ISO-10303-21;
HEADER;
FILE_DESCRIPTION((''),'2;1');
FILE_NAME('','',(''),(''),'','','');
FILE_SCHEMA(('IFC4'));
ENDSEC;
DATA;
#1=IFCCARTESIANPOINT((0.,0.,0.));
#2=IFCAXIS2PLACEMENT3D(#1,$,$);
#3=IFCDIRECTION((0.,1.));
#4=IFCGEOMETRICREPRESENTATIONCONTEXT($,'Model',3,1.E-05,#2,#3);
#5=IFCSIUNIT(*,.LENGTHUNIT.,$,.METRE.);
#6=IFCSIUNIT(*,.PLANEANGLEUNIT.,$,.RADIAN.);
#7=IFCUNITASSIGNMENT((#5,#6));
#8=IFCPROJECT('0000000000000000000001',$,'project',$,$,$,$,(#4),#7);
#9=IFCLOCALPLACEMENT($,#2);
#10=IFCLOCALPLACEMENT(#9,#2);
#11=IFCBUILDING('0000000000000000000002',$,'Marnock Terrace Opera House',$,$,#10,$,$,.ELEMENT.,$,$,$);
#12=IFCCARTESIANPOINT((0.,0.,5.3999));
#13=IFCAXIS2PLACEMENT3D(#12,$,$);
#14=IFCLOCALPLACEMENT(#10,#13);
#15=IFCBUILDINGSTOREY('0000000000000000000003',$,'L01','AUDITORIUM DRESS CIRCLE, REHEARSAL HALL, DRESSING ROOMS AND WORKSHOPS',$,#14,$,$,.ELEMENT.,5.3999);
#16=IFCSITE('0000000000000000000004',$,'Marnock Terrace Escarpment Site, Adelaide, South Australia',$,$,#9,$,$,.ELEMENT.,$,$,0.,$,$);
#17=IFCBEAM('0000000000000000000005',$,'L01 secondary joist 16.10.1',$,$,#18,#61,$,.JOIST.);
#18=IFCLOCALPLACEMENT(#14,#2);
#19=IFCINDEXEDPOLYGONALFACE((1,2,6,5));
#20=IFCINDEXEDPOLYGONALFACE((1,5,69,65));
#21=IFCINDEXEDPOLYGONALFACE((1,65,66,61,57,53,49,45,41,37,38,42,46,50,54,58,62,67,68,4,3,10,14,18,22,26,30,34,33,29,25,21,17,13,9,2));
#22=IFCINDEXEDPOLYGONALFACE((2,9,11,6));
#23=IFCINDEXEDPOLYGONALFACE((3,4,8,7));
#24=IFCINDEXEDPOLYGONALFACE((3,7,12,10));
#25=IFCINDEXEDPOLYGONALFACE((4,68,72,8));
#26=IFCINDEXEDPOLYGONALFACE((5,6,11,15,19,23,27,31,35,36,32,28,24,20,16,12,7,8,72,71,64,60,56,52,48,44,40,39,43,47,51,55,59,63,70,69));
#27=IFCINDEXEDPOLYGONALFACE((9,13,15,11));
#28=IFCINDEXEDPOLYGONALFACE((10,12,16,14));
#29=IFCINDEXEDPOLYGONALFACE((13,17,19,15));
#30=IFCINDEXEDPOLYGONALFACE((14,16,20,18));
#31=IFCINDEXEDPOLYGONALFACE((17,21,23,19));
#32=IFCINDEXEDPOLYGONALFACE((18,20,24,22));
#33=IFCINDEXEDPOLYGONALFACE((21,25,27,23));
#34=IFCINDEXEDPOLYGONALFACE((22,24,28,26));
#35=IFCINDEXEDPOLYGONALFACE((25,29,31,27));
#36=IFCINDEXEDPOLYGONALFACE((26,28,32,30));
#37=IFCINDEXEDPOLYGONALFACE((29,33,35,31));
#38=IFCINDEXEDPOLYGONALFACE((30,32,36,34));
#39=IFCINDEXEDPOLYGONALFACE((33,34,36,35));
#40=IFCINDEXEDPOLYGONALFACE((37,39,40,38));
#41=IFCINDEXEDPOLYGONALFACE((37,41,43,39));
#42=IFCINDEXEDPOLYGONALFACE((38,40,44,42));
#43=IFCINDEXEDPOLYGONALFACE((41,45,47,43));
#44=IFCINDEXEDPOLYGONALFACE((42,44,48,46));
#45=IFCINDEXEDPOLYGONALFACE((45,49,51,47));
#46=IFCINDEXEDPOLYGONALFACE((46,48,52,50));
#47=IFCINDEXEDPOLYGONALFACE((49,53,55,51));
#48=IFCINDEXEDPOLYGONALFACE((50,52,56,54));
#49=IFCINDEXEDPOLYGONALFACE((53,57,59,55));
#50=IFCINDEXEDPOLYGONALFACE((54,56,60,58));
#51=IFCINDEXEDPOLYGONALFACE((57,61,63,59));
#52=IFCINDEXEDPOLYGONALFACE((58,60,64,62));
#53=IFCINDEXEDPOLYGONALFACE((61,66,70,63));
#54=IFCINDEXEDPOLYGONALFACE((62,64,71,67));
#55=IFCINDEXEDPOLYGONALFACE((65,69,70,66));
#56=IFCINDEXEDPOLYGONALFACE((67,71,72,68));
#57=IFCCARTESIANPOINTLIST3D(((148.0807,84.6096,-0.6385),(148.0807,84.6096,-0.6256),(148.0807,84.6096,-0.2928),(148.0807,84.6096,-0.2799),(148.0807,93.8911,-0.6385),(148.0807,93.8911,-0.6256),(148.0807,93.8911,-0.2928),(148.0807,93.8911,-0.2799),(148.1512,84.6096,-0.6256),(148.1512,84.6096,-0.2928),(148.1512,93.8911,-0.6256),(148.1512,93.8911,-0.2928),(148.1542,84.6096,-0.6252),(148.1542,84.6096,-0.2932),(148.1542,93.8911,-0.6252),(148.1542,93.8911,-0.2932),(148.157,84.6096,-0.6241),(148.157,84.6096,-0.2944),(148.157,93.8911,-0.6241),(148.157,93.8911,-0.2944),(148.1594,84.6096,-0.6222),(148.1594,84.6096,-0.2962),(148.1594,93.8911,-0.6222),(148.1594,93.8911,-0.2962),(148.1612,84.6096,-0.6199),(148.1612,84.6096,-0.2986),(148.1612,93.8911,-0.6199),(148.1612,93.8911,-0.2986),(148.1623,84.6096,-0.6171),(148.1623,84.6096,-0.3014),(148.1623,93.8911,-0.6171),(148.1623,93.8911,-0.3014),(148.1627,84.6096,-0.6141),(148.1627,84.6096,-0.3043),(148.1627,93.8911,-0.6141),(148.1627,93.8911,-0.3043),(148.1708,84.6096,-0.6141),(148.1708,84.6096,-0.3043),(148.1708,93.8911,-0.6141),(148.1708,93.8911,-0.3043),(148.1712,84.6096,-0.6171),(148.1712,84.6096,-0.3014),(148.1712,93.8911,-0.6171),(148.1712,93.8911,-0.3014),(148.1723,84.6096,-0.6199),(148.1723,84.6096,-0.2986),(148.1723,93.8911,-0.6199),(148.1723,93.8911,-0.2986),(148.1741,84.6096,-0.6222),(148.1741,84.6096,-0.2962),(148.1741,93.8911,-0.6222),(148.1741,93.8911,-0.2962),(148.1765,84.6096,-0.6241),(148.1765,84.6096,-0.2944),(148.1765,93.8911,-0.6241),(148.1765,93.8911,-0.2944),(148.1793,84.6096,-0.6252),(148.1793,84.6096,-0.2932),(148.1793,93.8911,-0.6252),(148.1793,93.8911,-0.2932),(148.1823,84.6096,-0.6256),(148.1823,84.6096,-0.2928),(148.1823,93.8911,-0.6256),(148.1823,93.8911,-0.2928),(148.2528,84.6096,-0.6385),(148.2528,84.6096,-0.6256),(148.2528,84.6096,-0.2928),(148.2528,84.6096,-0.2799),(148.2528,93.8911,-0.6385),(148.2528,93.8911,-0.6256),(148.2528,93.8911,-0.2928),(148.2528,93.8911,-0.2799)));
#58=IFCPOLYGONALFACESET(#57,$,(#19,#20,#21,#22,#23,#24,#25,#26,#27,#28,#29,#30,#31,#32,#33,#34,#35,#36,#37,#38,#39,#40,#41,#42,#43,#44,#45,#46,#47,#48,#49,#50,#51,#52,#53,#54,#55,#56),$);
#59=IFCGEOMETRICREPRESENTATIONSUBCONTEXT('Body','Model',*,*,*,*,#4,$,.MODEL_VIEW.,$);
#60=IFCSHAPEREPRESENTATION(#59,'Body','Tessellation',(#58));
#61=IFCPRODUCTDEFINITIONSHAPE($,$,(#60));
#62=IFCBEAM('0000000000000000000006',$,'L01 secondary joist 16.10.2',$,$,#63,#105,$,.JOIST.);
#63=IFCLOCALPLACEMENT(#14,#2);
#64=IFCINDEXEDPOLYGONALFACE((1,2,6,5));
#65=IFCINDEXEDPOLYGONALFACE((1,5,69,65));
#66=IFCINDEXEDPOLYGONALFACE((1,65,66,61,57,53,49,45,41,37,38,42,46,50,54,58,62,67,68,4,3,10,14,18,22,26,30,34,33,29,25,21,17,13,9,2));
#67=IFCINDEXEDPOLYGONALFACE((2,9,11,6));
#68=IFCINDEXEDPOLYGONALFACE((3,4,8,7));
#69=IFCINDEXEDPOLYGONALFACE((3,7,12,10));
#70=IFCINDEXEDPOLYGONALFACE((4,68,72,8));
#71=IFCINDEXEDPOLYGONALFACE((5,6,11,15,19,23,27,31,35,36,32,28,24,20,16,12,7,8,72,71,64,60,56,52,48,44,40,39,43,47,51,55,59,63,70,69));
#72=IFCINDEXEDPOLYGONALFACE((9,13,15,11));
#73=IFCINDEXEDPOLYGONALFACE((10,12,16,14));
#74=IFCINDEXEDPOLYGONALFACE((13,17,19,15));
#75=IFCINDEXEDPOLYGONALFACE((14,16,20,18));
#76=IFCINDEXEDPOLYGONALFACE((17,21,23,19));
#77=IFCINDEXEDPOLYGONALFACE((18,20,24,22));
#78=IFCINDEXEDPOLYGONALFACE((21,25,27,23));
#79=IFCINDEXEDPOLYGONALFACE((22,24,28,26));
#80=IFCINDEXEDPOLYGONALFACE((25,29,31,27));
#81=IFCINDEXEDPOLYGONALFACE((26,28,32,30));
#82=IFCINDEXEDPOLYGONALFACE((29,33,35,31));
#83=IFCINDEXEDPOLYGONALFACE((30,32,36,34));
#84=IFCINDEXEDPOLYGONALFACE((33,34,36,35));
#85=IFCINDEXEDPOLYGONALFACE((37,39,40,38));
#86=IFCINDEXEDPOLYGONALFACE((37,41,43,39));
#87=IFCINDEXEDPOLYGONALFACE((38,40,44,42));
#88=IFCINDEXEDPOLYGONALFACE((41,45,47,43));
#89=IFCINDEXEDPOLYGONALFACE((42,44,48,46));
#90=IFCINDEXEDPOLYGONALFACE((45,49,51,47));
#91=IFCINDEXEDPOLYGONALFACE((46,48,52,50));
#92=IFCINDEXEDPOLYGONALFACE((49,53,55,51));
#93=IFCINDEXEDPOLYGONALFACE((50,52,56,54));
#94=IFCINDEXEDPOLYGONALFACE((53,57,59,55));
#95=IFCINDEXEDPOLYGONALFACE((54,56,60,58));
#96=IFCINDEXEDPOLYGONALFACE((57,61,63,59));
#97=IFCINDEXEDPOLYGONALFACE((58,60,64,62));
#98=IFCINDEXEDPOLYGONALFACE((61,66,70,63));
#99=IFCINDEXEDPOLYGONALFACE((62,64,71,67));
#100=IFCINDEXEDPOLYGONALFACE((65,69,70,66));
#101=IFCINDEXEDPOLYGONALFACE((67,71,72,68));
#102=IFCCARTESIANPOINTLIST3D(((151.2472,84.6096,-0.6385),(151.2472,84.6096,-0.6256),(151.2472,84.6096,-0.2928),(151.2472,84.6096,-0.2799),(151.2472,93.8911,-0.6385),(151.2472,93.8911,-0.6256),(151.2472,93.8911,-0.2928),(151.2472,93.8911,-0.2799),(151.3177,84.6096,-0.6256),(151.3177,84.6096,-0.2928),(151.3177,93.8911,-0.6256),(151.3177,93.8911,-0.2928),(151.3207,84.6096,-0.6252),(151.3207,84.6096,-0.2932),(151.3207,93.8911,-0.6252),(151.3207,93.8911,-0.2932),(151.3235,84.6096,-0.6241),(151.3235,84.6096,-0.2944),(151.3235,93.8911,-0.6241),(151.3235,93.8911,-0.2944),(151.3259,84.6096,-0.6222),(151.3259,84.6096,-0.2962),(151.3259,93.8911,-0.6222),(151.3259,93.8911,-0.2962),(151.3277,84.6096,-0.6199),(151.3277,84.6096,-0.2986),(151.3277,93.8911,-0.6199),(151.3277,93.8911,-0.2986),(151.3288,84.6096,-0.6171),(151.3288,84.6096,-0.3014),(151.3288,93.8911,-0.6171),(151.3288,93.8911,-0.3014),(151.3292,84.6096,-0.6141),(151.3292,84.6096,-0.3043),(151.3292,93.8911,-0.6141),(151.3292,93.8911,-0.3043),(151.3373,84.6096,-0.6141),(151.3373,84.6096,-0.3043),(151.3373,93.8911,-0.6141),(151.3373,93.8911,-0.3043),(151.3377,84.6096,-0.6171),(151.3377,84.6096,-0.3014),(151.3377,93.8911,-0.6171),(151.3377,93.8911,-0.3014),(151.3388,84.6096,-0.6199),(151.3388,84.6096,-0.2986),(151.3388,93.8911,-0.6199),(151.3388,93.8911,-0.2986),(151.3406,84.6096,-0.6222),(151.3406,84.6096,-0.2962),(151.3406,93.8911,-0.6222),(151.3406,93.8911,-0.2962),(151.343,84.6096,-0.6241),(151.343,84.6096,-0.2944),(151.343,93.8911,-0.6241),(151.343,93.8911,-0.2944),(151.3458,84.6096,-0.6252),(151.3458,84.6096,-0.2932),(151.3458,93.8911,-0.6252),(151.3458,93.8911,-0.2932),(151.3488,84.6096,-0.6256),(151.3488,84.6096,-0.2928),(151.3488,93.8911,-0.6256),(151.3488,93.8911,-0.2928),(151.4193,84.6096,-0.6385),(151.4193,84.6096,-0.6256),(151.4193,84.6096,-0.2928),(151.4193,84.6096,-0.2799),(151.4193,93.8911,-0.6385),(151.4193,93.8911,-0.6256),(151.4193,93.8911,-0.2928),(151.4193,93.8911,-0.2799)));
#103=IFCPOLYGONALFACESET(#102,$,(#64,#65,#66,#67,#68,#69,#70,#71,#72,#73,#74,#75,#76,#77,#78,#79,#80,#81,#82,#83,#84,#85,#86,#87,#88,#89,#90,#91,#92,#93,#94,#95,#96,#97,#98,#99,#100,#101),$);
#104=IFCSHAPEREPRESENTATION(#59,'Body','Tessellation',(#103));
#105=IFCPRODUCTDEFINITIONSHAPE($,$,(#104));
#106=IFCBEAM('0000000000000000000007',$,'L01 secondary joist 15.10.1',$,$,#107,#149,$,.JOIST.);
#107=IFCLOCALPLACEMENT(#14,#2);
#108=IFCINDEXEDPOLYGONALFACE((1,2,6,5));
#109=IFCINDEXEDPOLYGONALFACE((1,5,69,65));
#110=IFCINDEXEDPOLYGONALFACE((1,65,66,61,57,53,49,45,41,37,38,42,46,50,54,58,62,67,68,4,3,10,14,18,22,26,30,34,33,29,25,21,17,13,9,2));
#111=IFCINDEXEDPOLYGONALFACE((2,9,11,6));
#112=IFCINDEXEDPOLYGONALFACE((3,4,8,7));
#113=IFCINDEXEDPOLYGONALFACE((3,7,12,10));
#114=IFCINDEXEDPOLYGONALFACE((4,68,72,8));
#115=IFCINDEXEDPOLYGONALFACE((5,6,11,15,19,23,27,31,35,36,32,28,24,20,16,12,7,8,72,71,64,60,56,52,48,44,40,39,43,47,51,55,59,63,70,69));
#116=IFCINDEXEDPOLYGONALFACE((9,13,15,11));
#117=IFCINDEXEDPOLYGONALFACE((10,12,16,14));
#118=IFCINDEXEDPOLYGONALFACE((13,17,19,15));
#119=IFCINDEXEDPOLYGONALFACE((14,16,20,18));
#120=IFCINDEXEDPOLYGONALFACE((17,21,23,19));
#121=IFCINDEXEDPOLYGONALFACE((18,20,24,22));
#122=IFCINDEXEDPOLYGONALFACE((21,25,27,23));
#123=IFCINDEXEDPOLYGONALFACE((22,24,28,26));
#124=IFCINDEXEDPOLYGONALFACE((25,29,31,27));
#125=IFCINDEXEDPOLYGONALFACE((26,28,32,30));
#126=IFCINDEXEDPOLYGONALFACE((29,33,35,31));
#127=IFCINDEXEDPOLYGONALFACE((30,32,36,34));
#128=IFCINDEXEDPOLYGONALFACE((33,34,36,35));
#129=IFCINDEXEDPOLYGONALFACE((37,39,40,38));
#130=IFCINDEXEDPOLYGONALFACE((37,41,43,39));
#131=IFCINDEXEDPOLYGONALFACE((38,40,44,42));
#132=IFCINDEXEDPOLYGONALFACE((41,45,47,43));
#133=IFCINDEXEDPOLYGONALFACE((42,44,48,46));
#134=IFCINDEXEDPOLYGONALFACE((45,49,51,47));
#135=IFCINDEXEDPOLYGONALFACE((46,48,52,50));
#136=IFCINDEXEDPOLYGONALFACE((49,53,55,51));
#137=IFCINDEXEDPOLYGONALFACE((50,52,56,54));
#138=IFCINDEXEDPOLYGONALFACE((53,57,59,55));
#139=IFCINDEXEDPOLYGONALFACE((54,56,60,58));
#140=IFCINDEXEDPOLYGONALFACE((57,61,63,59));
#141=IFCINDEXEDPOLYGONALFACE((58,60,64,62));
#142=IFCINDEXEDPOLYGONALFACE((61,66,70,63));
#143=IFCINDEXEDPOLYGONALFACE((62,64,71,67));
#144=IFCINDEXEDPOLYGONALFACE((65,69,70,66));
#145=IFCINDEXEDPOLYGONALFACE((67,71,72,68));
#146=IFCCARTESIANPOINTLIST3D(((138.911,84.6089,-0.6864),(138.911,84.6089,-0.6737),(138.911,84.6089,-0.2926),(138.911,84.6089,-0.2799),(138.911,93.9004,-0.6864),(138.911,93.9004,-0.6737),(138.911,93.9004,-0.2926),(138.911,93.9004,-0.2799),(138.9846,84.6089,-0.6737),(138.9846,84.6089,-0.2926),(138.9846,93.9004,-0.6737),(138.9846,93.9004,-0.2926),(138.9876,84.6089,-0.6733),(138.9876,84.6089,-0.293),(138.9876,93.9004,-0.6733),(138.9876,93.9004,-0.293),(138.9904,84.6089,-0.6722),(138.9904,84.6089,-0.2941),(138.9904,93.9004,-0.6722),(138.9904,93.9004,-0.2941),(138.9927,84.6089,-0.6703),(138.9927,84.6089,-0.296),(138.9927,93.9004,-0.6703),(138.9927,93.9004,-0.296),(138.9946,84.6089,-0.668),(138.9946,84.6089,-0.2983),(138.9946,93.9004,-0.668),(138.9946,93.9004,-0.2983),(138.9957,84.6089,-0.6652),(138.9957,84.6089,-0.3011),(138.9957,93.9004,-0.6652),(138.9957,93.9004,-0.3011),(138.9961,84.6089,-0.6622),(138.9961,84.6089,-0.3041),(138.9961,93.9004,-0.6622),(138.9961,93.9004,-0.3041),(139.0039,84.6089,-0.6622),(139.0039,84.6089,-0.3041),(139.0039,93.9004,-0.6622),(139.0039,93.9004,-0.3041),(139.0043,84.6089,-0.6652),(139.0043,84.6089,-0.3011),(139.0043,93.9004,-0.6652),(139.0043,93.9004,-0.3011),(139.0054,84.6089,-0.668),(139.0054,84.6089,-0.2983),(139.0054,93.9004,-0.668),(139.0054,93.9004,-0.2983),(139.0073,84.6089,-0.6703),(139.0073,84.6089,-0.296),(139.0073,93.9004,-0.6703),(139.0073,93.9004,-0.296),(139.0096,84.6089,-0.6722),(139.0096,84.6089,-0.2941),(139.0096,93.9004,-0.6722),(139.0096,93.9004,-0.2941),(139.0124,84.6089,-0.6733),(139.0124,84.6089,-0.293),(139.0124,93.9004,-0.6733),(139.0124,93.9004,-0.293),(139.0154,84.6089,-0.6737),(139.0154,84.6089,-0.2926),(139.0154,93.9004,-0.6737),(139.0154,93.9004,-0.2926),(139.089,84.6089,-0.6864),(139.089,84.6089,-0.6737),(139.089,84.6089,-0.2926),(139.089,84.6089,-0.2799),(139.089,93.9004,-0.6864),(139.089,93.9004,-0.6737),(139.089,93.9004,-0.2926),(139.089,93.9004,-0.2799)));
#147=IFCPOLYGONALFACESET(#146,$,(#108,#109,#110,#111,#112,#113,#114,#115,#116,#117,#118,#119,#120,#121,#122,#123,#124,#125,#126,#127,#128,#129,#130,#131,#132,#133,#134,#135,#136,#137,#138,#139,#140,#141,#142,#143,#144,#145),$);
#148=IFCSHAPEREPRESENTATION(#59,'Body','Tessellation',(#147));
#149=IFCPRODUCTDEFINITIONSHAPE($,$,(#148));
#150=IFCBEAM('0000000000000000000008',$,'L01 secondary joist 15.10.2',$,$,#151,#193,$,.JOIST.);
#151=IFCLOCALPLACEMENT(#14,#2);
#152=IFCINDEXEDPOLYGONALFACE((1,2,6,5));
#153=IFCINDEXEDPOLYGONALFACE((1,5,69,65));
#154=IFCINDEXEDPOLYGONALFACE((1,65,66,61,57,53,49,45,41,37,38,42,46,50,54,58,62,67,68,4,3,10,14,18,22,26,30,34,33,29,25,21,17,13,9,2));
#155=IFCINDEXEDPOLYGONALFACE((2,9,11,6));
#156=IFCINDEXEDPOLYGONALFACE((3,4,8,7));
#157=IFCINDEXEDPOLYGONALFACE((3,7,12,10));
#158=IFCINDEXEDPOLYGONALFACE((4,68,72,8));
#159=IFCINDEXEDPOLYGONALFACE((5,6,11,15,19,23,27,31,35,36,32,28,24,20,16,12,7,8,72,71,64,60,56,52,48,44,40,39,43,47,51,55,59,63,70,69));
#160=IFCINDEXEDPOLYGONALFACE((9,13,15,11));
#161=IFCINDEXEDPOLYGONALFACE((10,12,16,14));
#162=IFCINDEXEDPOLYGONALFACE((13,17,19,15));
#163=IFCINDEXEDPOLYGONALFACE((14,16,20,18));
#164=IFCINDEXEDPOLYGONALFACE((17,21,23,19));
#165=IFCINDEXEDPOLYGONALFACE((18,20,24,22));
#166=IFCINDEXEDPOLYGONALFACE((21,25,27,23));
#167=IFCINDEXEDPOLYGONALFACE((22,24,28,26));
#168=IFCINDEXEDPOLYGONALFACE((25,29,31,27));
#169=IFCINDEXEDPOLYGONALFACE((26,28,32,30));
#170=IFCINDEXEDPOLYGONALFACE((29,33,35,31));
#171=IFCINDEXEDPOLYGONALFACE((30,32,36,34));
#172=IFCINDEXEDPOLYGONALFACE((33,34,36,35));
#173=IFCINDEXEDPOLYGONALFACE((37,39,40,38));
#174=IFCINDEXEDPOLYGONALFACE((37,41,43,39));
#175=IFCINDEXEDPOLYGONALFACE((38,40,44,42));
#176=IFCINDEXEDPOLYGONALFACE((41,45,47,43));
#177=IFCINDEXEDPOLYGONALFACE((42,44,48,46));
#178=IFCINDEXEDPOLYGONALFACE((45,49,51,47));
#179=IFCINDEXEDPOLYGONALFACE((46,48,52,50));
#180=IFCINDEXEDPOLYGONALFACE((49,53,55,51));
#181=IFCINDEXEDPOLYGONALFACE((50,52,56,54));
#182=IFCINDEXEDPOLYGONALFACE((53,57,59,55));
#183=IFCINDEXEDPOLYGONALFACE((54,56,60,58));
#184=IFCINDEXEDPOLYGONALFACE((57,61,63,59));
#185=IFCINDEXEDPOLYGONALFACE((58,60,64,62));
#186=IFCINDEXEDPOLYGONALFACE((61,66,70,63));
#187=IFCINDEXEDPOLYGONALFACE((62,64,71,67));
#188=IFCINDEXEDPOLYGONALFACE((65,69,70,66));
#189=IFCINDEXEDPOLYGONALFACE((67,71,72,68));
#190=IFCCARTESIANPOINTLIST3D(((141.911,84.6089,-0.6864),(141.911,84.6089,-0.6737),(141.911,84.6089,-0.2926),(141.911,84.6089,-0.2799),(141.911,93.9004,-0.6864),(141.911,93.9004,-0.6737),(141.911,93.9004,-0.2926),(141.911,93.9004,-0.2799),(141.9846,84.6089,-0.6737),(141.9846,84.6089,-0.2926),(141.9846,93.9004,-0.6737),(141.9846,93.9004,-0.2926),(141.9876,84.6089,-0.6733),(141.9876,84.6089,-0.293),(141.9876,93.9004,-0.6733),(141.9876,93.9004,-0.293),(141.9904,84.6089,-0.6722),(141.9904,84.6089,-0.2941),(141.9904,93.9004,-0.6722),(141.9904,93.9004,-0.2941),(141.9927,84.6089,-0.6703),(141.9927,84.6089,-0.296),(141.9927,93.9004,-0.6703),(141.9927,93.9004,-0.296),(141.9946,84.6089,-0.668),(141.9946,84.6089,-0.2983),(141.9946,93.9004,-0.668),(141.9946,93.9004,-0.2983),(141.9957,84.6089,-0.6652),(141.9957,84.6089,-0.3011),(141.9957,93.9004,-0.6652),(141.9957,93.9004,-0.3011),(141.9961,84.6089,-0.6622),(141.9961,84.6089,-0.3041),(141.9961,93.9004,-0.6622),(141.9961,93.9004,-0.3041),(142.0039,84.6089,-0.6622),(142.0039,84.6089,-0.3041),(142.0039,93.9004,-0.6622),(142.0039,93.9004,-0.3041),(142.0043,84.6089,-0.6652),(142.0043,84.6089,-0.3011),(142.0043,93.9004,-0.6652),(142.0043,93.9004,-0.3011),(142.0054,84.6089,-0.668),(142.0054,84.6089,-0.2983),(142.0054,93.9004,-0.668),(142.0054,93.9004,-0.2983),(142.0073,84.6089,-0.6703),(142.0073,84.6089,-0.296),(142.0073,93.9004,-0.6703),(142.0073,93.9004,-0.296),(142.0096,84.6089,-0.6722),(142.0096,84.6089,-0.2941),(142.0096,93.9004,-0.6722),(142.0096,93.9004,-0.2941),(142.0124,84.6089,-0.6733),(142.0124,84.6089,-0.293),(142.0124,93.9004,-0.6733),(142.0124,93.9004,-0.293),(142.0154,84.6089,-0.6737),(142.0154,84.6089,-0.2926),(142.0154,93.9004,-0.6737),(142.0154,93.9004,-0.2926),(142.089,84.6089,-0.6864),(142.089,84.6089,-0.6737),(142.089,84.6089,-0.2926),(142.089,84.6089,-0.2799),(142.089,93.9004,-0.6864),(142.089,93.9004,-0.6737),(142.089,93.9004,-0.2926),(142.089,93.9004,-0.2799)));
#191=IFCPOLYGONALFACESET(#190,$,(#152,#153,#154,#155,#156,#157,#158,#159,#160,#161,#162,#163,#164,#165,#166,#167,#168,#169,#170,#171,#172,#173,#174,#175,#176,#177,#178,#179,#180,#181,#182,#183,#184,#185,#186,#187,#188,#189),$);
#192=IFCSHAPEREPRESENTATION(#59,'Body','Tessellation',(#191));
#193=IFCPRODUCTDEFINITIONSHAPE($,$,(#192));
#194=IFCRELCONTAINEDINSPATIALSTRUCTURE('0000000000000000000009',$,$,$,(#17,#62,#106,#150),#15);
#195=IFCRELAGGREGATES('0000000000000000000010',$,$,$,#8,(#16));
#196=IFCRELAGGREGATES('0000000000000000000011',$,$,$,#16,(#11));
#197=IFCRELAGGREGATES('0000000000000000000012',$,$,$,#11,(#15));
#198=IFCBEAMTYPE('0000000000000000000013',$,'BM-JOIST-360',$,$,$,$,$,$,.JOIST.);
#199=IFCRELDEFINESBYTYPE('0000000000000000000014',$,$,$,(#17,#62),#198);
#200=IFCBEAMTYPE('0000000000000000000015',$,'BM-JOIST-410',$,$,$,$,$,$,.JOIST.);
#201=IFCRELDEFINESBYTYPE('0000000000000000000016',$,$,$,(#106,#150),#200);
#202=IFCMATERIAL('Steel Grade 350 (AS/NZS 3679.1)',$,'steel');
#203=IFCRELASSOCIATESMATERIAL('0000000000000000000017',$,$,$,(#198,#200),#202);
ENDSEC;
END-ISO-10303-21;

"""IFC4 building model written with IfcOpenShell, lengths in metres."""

from ifc_helpers import new_model, si_unit, direction, frame, origin, origin_2d, place, context, subcontext, project, spatial, i_section, extrude, material, material_profile, profile_set, type_object, element, save


model = new_model("IFC4")

# Units and contexts
model_context = context("Model", 3, precision=1e-05, world=origin(), true_north=direction((0.0, 1.0)))
body_context = subcontext(model_context, "Body", "Model", "MODEL_VIEW")
ifc_project = project(units=[si_unit("LENGTHUNIT", "METRE"), si_unit("PLANEANGLEUNIT", "RADIAN")], contexts=[model_context])

# Site, building, storey
site_placement = place(None, origin())
site = spatial("IfcSite", under=ifc_project, at=site_placement, Name="Marnock Terrace Escarpment Site, Adelaide, South Australia", CompositionType="ELEMENT", RefElevation=0.0)
building_placement = place(site_placement, origin())
building = spatial("IfcBuilding", under=site, at=building_placement, Name="Marnock Terrace Opera House", CompositionType="ELEMENT")
storey_placement = place(building_placement, frame((0.0, 0.0, 5.3999)))
storey = spatial("IfcBuildingStorey", under=building, at=storey_placement, Name="L01", Description="AUDITORIUM DRESS CIRCLE, REHEARSAL HALL, DRESSING ROOMS AND WORKSHOPS", CompositionType="ELEMENT", Elevation=5.3999)

# Shared definitions
ifc_material_1 = material(Name="Steel Grade 350 (AS/NZS 3679.1)", Category="steel")

# Beams
ifc_material_profile_1 = material_profile(ifc_material_1, i_section(OverallWidth=0.1721, OverallDepth=0.3586, WebThickness=0.0081, FlangeThickness=0.0129, FilletRadius=0.0115, at=origin_2d()))
ifc_profile_set_1 = profile_set([ifc_material_profile_1], Name="Steel Grade 350 (AS/NZS 3679.1)")
beam_type_1 = type_object("IfcBeamType", Name="BM-JOIST-360", PredefinedType="JOIST", material=ifc_profile_set_1)
for number, where, z_axis, x_axis, name in (
    (1, (148.1667, 84.6096, -0.4592), (0.0, 1.0, 0.0), (-1.0, 0.0, 0.0), "L01 secondary joist 16.10.1"),
    (2, (151.3333, 84.6096, -0.4592), (0.0, 1.0, 0.0), (-1.0, 0.0, 0.0), "L01 secondary joist 16.10.2"),
):
    element("IfcBeam", number, at=place(storey_placement, frame(where, z_axis=z_axis, x_axis=x_axis)), inside=storey, type_object=beam_type_1, Name=name, PredefinedType="JOIST", context=body_context, shape_type="SweptSolid", body=[
        extrude(i_section(OverallWidth=0.1721, OverallDepth=0.3586, WebThickness=0.0081, FlangeThickness=0.0129, FilletRadius=0.0115, at=origin_2d()), origin(), (0.0, 0.0, 1.0), 9.2815),
    ])
ifc_material_profile_2 = material_profile(ifc_material_1, i_section(OverallWidth=0.178, OverallDepth=0.4065, WebThickness=0.0078, FlangeThickness=0.0127, FilletRadius=0.0115, at=origin_2d()))
ifc_profile_set_2 = profile_set([ifc_material_profile_2], Name="Steel Grade 350 (AS/NZS 3679.1)")
beam_type_2 = type_object("IfcBeamType", Name="BM-JOIST-410", PredefinedType="JOIST", material=ifc_profile_set_2)
for number, where, z_axis, x_axis, name in (
    (3, (139.0, 84.6089, -0.4832), (0.0, 1.0, 0.0), (-1.0, 0.0, 0.0), "L01 secondary joist 15.10.1"),
    (4, (142.0, 84.6089, -0.4832), (0.0, 1.0, 0.0), (-1.0, 0.0, 0.0), "L01 secondary joist 15.10.2"),
):
    element("IfcBeam", number, at=place(storey_placement, frame(where, z_axis=z_axis, x_axis=x_axis)), inside=storey, type_object=beam_type_2, Name=name, PredefinedType="JOIST", context=body_context, shape_type="SweptSolid", body=[
        extrude(i_section(OverallWidth=0.178, OverallDepth=0.4065, WebThickness=0.0078, FlangeThickness=0.0127, FilletRadius=0.0115, at=origin_2d()), origin(), (0.0, 0.0, 1.0), 9.2915),
    ])

save(model, "model.ifc")
